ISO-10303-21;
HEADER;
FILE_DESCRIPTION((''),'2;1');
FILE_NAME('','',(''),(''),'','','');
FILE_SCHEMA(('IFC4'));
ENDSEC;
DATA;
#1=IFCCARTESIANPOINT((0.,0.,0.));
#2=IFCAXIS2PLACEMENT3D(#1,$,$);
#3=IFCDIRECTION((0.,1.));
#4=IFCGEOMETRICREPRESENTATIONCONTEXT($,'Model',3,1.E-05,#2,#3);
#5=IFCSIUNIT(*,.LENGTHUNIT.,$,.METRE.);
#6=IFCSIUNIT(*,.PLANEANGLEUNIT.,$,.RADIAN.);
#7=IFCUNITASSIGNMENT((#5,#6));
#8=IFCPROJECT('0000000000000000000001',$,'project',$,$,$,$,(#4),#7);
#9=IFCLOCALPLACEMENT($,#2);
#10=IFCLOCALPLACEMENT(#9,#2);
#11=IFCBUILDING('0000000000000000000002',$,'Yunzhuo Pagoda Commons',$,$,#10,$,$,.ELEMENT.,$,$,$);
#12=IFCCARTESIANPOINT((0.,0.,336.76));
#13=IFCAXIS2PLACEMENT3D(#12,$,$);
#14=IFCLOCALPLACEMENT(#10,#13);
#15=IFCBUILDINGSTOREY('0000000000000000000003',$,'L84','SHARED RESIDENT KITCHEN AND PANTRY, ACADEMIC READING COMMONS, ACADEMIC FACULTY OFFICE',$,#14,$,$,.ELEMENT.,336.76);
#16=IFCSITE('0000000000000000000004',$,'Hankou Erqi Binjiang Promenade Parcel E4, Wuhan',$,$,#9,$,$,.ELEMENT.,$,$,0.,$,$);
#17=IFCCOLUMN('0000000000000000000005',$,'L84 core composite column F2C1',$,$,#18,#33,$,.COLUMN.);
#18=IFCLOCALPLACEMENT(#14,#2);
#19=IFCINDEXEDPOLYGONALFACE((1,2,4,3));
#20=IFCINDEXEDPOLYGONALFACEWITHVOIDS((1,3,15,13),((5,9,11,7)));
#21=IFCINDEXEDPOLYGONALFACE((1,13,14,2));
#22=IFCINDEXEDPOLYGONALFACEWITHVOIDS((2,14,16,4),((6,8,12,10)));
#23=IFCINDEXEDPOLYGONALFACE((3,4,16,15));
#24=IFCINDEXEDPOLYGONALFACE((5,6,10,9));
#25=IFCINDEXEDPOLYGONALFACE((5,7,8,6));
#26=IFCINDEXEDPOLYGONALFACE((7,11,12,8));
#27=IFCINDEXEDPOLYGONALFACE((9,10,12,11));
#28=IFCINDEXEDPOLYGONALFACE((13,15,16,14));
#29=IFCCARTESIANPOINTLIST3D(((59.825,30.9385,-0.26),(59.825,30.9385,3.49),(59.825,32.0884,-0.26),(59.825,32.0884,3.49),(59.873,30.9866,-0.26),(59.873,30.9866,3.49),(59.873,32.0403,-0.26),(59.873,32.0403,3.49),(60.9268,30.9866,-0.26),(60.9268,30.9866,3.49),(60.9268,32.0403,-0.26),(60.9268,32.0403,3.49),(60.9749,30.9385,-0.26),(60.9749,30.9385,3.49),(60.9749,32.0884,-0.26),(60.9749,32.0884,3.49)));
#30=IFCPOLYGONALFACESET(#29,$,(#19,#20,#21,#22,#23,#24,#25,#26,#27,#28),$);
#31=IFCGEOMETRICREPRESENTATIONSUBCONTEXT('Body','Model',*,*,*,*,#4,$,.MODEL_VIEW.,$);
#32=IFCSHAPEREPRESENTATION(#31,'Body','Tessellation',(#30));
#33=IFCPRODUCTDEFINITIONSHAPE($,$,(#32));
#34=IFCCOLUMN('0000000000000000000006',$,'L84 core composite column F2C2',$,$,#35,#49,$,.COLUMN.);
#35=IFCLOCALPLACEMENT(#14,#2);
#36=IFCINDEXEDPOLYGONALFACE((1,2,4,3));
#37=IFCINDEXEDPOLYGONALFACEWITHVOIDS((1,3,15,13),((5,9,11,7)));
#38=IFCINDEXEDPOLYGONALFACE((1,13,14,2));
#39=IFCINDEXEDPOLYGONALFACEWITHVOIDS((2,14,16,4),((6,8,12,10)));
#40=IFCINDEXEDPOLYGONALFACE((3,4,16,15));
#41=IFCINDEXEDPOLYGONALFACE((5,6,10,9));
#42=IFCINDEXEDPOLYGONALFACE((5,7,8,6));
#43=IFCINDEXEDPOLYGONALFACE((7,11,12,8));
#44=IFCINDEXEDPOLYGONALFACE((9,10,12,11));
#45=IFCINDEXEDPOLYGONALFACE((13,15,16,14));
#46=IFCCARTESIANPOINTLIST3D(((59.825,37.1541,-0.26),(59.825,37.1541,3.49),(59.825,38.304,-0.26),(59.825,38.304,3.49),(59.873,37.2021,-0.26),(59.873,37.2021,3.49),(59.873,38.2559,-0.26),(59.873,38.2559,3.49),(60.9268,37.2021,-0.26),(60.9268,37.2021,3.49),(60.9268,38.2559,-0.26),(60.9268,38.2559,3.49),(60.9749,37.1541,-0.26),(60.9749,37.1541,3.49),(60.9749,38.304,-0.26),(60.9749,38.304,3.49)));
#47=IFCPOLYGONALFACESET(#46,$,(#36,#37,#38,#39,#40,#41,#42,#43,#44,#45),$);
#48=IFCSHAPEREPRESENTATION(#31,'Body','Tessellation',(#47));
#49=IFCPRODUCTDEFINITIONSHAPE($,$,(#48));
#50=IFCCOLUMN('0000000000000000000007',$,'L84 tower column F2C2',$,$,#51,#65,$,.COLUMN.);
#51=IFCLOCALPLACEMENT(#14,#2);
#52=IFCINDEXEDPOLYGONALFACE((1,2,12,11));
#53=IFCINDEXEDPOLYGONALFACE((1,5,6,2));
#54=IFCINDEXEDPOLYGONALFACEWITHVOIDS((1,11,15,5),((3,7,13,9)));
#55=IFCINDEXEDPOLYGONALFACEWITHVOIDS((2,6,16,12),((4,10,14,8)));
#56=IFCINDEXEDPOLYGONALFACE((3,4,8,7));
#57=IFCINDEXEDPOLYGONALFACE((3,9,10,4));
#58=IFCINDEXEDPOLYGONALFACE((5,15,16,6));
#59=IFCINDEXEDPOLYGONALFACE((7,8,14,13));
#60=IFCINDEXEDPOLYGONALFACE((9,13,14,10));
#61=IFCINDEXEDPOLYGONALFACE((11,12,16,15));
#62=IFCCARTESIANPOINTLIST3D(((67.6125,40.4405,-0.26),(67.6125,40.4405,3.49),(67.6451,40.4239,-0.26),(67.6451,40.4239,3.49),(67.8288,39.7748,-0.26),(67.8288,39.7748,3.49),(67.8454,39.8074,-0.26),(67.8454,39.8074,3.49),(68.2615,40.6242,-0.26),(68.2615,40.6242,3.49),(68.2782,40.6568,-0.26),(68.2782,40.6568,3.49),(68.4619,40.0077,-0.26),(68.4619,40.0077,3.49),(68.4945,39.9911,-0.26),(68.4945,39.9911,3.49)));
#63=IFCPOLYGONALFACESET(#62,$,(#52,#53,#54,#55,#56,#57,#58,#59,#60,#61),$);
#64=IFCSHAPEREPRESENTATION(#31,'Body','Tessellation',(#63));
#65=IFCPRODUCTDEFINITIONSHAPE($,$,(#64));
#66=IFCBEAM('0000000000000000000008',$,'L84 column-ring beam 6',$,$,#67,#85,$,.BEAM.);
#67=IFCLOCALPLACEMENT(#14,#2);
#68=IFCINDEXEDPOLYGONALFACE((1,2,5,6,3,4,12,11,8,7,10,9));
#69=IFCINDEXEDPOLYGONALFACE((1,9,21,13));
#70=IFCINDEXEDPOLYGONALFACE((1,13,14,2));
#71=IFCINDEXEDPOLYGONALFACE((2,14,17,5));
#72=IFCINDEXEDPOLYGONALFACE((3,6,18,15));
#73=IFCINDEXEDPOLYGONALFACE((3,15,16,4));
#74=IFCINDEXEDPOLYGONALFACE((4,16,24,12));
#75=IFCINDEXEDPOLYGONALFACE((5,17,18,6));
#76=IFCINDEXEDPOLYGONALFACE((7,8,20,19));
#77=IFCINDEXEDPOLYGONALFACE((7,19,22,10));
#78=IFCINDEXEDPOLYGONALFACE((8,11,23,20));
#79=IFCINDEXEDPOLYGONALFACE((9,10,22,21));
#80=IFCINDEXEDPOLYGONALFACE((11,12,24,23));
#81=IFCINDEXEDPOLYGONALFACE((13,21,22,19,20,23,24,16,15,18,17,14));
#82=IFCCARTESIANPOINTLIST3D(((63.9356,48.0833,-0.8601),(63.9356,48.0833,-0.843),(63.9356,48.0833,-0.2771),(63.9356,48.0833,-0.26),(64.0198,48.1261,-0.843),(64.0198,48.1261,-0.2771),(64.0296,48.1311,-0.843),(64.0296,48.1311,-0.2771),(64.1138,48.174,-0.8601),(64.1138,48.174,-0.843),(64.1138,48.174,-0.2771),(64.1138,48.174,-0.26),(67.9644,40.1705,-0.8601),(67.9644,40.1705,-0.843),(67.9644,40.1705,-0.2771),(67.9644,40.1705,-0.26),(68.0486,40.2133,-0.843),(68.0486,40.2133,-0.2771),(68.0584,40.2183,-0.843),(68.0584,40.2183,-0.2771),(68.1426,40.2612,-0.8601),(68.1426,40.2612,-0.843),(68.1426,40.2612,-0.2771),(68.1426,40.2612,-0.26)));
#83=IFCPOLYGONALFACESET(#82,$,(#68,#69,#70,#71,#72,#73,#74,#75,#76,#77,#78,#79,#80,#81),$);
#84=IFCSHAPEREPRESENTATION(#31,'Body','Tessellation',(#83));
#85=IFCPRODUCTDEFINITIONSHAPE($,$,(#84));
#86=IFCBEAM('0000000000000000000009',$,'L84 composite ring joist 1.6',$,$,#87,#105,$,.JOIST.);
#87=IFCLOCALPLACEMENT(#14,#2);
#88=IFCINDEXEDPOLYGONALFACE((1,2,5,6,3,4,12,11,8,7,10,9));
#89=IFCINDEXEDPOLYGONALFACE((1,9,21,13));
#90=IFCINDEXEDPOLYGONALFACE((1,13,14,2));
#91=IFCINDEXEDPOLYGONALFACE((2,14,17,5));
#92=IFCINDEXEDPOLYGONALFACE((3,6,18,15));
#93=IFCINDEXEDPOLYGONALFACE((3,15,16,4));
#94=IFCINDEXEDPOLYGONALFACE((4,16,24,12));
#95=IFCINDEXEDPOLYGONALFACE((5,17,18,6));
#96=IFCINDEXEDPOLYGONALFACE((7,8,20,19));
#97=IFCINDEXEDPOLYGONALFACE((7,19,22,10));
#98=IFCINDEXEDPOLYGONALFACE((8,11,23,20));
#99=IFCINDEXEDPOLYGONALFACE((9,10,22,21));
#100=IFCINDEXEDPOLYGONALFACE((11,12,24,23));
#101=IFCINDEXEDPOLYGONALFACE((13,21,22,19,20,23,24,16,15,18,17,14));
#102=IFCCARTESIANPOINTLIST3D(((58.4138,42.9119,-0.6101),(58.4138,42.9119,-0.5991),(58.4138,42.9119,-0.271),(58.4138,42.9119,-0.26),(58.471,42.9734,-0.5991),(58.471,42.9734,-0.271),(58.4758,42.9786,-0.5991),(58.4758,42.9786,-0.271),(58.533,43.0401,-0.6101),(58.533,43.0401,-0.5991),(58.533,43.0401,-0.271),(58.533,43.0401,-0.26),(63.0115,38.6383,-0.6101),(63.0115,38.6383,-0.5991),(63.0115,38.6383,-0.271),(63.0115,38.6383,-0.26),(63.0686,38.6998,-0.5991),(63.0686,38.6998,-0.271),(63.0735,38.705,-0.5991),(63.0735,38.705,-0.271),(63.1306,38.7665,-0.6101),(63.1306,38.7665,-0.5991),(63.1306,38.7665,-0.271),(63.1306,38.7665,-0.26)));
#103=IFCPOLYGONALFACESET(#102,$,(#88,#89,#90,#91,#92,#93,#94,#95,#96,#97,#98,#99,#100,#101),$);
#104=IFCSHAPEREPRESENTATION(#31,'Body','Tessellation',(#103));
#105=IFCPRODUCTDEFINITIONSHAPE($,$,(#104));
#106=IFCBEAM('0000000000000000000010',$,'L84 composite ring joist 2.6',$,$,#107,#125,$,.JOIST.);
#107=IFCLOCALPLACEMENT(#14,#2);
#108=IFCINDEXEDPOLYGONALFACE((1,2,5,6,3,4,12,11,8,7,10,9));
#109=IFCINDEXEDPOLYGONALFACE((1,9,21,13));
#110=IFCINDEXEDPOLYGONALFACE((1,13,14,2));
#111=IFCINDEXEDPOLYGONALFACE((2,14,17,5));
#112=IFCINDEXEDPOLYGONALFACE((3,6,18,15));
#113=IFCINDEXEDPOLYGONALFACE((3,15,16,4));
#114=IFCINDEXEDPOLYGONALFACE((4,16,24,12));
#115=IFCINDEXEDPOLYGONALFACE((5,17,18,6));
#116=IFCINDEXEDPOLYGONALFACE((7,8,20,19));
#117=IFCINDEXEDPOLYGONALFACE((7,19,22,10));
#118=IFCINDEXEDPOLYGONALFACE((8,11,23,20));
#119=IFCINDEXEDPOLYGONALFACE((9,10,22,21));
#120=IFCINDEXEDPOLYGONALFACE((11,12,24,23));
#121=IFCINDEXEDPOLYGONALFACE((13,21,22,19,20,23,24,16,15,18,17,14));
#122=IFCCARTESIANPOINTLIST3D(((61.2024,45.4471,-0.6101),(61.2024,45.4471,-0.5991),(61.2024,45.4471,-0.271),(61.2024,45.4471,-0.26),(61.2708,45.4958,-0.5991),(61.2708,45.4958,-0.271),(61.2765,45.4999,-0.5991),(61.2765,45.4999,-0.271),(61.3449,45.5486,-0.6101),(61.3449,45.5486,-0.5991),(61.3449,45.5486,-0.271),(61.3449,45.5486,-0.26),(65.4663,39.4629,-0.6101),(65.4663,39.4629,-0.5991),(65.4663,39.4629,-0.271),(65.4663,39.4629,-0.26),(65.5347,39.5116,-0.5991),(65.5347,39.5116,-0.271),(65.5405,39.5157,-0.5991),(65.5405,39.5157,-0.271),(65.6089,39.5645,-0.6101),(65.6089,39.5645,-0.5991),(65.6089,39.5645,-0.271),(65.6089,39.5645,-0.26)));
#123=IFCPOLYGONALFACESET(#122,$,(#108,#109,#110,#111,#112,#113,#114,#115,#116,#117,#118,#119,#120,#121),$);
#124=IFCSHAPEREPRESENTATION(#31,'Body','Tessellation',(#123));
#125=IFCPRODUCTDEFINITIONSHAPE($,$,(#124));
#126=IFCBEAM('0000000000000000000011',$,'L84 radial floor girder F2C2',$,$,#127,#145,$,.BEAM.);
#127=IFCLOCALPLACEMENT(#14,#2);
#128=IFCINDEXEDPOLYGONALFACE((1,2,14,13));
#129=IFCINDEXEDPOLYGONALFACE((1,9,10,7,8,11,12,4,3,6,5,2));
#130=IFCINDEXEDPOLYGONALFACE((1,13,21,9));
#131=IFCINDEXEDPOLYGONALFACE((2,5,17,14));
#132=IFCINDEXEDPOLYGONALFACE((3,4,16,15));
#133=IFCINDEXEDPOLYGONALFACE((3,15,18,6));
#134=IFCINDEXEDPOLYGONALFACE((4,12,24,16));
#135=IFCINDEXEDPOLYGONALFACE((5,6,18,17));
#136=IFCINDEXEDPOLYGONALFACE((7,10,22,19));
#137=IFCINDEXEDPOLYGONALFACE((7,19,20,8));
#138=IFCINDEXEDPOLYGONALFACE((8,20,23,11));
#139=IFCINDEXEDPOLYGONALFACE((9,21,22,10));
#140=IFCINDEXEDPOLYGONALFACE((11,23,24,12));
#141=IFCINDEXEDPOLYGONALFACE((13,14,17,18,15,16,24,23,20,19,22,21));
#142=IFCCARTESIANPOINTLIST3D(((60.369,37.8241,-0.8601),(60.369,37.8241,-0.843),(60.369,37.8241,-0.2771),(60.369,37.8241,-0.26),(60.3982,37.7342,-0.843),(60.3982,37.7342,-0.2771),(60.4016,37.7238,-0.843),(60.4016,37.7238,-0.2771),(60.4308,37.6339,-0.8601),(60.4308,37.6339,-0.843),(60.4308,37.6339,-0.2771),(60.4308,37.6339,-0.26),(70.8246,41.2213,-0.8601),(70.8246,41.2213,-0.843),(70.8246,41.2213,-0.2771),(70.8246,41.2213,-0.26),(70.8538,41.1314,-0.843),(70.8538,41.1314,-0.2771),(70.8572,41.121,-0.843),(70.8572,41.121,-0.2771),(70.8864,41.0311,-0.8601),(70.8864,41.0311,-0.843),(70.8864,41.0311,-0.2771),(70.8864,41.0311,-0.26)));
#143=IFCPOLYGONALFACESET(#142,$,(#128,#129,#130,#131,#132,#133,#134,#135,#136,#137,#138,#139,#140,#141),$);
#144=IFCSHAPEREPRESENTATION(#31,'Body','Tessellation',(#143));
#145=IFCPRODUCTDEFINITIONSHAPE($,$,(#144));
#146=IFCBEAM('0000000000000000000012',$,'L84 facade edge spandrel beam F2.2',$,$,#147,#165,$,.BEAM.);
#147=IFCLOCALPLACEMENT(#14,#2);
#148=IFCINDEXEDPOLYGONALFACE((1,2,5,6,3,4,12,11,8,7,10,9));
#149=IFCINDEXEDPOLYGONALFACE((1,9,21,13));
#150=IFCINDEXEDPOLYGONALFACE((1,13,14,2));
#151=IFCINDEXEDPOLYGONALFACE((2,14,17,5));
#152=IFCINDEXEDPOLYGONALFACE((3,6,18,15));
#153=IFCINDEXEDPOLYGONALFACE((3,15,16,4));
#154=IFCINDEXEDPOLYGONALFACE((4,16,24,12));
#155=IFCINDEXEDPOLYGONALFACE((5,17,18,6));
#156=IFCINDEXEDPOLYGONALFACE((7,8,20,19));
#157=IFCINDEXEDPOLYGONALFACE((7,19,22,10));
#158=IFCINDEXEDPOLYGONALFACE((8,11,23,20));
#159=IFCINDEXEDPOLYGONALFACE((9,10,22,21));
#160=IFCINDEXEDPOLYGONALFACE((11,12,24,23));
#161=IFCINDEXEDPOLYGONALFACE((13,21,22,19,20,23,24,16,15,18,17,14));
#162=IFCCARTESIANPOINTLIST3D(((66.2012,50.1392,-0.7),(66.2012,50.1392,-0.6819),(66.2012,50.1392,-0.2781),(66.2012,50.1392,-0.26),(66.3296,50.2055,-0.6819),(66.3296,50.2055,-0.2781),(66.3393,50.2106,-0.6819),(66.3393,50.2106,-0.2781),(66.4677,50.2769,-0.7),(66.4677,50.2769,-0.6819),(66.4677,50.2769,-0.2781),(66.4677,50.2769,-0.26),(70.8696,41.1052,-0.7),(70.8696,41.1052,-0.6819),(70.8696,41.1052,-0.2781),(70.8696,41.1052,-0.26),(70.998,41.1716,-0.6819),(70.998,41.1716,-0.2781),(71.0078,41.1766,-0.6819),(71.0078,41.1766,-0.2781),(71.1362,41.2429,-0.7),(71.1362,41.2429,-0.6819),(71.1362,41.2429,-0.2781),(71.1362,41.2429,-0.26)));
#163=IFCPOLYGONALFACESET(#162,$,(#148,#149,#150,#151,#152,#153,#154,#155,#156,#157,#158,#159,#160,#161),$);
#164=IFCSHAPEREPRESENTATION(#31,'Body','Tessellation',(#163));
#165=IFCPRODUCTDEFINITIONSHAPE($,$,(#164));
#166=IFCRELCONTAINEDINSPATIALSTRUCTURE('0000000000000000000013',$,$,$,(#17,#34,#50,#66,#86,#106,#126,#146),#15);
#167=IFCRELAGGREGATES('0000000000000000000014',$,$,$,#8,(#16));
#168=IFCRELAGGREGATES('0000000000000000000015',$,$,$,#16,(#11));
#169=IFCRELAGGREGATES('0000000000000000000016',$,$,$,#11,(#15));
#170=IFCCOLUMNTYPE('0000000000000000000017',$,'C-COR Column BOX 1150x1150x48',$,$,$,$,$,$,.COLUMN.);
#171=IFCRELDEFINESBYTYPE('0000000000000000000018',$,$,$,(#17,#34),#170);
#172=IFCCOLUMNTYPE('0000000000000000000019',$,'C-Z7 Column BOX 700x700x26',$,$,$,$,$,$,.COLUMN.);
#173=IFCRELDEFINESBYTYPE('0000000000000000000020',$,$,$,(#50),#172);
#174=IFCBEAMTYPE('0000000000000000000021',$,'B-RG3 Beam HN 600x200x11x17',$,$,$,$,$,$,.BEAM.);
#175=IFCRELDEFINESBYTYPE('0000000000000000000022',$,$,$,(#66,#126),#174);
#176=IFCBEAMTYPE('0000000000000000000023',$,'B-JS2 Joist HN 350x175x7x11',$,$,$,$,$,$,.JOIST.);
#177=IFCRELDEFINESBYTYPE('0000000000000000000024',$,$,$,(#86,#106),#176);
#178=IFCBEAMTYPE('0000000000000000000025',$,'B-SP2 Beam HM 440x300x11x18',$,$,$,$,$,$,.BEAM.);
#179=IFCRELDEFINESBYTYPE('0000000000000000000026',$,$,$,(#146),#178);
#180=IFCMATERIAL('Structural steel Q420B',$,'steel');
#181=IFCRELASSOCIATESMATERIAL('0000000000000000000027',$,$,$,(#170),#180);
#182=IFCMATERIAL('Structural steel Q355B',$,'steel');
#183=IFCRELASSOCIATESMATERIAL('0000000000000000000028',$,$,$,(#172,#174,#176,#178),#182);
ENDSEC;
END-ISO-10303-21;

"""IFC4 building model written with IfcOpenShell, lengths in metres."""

from ifc_helpers import new_model, si_unit, direction, frame, origin, origin_2d, place, context, subcontext, project, spatial, hollow_rectangle, i_section, extrude, source, transform, mapped, material, material_profile, profile_set, type_object, element, save


model = new_model("IFC4")

# Units and contexts
model_context = context("Model", 3, precision=1e-05, world=origin(), true_north=direction((0.0, 1.0)))
body_context = subcontext(model_context, "Body", "Model", "MODEL_VIEW")
ifc_project = project(units=[si_unit("LENGTHUNIT", "METRE"), si_unit("PLANEANGLEUNIT", "RADIAN")], contexts=[model_context])

# Site, building, storey
site_placement = place(None, origin())
site = spatial("IfcSite", under=ifc_project, at=site_placement, Name="Hankou Erqi Binjiang Promenade Parcel E4, Wuhan", CompositionType="ELEMENT", RefElevation=0.0)
building_placement = place(site_placement, origin())
building = spatial("IfcBuilding", under=site, at=building_placement, Name="Yunzhuo Pagoda Commons", CompositionType="ELEMENT")
storey_placement = place(building_placement, frame((0.0, 0.0, 336.76)))
storey = spatial("IfcBuildingStorey", under=building, at=storey_placement, Name="L84", Description="SHARED RESIDENT KITCHEN AND PANTRY, ACADEMIC READING COMMONS, ACADEMIC FACULTY OFFICE", CompositionType="ELEMENT", Elevation=336.76)

# Columns
ifc_material_1 = material(Name="Structural steel Q420B", Category="steel")
ifc_material_profile_1 = material_profile(ifc_material_1, hollow_rectangle(XDim=1.1499, YDim=1.1499, WallThickness=0.0481, at=origin_2d()), Name="Structural steel Q420B")
ifc_profile_set_1 = profile_set([ifc_material_profile_1], Name="Structural steel Q420B")
column_type_1 = type_object("IfcColumnType", Name="C-COR Column BOX 1150x1150x48", PredefinedType="COLUMN", material=ifc_profile_set_1)
shared_shape_1 = source(origin(), body_context, "Body", "SweptSolid", [
    extrude(hollow_rectangle(XDim=1.1499, YDim=1.1499, WallThickness=0.0481, at=origin_2d()), origin(), (0.0, 0.0, 1.0), 3.75),
])
for number, where, z_axis, x_axis, name in (
    (1, (60.3999, 31.5134, -0.26), (0.0, 0.0, 1.0), (1.0, 0.0, 0.0), "L84 core composite column F2C1"),
    (2, (60.3999, 37.729, -0.26), (0.0, 0.0, 1.0), (1.0, 0.0, 0.0), "L84 core composite column F2C2"),
):
    element("IfcColumn", number, at=place(storey_placement, frame(where, z_axis=z_axis, x_axis=x_axis)), inside=storey, type_object=column_type_1, Name=name, PredefinedType="COLUMN", context=body_context, shape_type="MappedRepresentation", body=[
        mapped(shared_shape_1, transform((0.0, 0.0, 0.0), scale=1.0)),
    ])
ifc_material_2 = material(Name="Structural steel Q355B", Category="steel")
ifc_material_profile_2 = material_profile(ifc_material_2, hollow_rectangle(XDim=0.7, YDim=0.7, WallThickness=0.0259, at=origin_2d()), Name="Structural steel Q355B")
ifc_profile_set_2 = profile_set([ifc_material_profile_2], Name="Structural steel Q355B")
column_type_2 = type_object("IfcColumnType", Name="C-Z7 Column BOX 700x700x26", PredefinedType="COLUMN", material=ifc_profile_set_2)
shared_shape_2 = source(origin(), body_context, "Body", "SweptSolid", [
    extrude(hollow_rectangle(XDim=0.7, YDim=0.7, WallThickness=0.0259, at=origin_2d()), origin(), (0.0, 0.0, 1.0), 3.75),
])
column_placement = place(storey_placement, frame((68.0535, 40.2158, -0.26), z_axis=(0.0, 0.0, 1.0), x_axis=(-0.309017, 0.951057, 0.0)))
element("IfcColumn", 3, at=column_placement, inside=storey, type_object=column_type_2, Name="L84 tower column F2C2", PredefinedType="COLUMN", context=body_context, shape_type="MappedRepresentation", body=[
    mapped(shared_shape_2, transform((0.0, 0.0, 0.0), scale=1.0)),
])

# Beams
ifc_material_profile_3 = material_profile(ifc_material_2, i_section(OverallWidth=0.2, OverallDepth=0.6001, WebThickness=0.011, FlangeThickness=0.0171, at=origin_2d()), Name="Structural steel Q355B")
ifc_profile_set_3 = profile_set([ifc_material_profile_3], Name="Structural steel Q355B")
beam_type_1 = type_object("IfcBeamType", Name="B-RG3 Beam HN 600x200x11x17", PredefinedType="BEAM", material=ifc_profile_set_3)
shared_shape_3 = source(origin(), body_context, "Body", "SweptSolid", [
    extrude(i_section(OverallWidth=0.2, OverallDepth=0.6001, WebThickness=0.011, FlangeThickness=0.0171, at=origin_2d()), origin(), (0.0, 0.0, 1.0), 8.8794),
])
beam_1_placement = place(storey_placement, frame((68.0535, 40.2158, -0.5601), z_axis=(-0.453724, 0.891142, 0.0), x_axis=(-0.891142, -0.453724, 0.0)))
element("IfcBeam", 4, at=beam_1_placement, inside=storey, type_object=beam_type_1, Name="L84 column-ring beam 6", PredefinedType="BEAM", context=body_context, shape_type="MappedRepresentation", body=[
    mapped(shared_shape_3, transform((0.0, 0.0, 0.0), scale=1.0)),
])
ifc_material_profile_4 = material_profile(ifc_material_2, i_section(OverallWidth=0.175, OverallDepth=0.3501, WebThickness=0.0071, FlangeThickness=0.011, at=origin_2d()), Name="Structural steel Q355B")
ifc_profile_set_4 = profile_set([ifc_material_profile_4], Name="Structural steel Q355B")
beam_type_2 = type_object("IfcBeamType", Name="B-JS2 Joist HN 350x175x7x11", PredefinedType="JOIST", material=ifc_profile_set_4)
shared_shape_4 = source(origin(), body_context, "Body", "SweptSolid", [
    extrude(i_section(OverallWidth=0.175, OverallDepth=0.3501, WebThickness=0.0071, FlangeThickness=0.011, at=origin_2d()), origin(), (0.0, 0.0, 1.0), 6.2771),
])
beam_2_placement = place(storey_placement, frame((63.071, 38.7024, -0.4351), z_axis=(-0.732442, 0.68083, 0.0), x_axis=(-0.68083, -0.732442, 0.0)))
element("IfcBeam", 5, at=beam_2_placement, inside=storey, type_object=beam_type_2, Name="L84 composite ring joist 1.6", PredefinedType="JOIST", context=body_context, shape_type="MappedRepresentation", body=[
    mapped(shared_shape_4, transform((0.0, 0.0, 0.0), scale=1.0)),
])
shared_shape_5 = source(origin(), body_context, "Body", "SweptSolid", [
    extrude(i_section(OverallWidth=0.175, OverallDepth=0.3501, WebThickness=0.0071, FlangeThickness=0.011, at=origin_2d()), origin(), (0.0, 0.0, 1.0), 7.3479),
])
beam_3_placement = place(storey_placement, frame((65.5376, 39.5137, -0.4351), z_axis=(-0.580295, 0.814406, 0.0), x_axis=(-0.814406, -0.580295, 0.0)))
element("IfcBeam", 6, at=beam_3_placement, inside=storey, type_object=beam_type_2, Name="L84 composite ring joist 2.6", PredefinedType="JOIST", context=body_context, shape_type="MappedRepresentation", body=[
    mapped(shared_shape_5, transform((0.0, 0.0, 0.0), scale=1.0)),
])
shared_shape_6 = source(origin(), body_context, "Body", "SweptSolid", [
    extrude(i_section(OverallWidth=0.2, OverallDepth=0.6001, WebThickness=0.011, FlangeThickness=0.0171, at=origin_2d()), origin(), (0.0, 0.0, 1.0), 10.9937),
])
beam_4_placement = place(storey_placement, frame((70.8555, 41.1262, -0.5601), z_axis=(-0.951057, -0.309017, 0.0), x_axis=(0.309017, -0.951057, 0.0)))
element("IfcBeam", 7, at=beam_4_placement, inside=storey, type_object=beam_type_1, Name="L84 radial floor girder F2C2", PredefinedType="BEAM", context=body_context, shape_type="MappedRepresentation", body=[
    mapped(shared_shape_6, transform((0.0, 0.0, 0.0), scale=1.0)),
])
ifc_material_profile_5 = material_profile(ifc_material_2, i_section(OverallWidth=0.3, OverallDepth=0.4399, WebThickness=0.011, FlangeThickness=0.0181, at=origin_2d()), Name="Structural steel Q355B")
ifc_profile_set_5 = profile_set([ifc_material_profile_5], Name="Structural steel Q355B")
beam_type_3 = type_object("IfcBeamType", Name="B-SP2 Beam HM 440x300x11x18", PredefinedType="BEAM", material=ifc_profile_set_5)
shared_shape_7 = source(origin(), body_context, "Body", "SweptSolid", [
    extrude(i_section(OverallWidth=0.3, OverallDepth=0.4399, WebThickness=0.011, FlangeThickness=0.0181, at=origin_2d()), origin(), (0.0, 0.0, 1.0), 10.1689),
])
beam_5_placement = place(storey_placement, frame((71.0029, 41.1741, -0.48), z_axis=(-0.459092, 0.888389, 0.0), x_axis=(-0.888389, -0.459092, 0.0)))
element("IfcBeam", 8, at=beam_5_placement, inside=storey, type_object=beam_type_3, Name="L84 facade edge spandrel beam F2.2", PredefinedType="BEAM", context=body_context, shape_type="MappedRepresentation", body=[
    mapped(shared_shape_7, transform((0.0, 0.0, 0.0), scale=1.0)),
])

save(model, "model.ifc")
